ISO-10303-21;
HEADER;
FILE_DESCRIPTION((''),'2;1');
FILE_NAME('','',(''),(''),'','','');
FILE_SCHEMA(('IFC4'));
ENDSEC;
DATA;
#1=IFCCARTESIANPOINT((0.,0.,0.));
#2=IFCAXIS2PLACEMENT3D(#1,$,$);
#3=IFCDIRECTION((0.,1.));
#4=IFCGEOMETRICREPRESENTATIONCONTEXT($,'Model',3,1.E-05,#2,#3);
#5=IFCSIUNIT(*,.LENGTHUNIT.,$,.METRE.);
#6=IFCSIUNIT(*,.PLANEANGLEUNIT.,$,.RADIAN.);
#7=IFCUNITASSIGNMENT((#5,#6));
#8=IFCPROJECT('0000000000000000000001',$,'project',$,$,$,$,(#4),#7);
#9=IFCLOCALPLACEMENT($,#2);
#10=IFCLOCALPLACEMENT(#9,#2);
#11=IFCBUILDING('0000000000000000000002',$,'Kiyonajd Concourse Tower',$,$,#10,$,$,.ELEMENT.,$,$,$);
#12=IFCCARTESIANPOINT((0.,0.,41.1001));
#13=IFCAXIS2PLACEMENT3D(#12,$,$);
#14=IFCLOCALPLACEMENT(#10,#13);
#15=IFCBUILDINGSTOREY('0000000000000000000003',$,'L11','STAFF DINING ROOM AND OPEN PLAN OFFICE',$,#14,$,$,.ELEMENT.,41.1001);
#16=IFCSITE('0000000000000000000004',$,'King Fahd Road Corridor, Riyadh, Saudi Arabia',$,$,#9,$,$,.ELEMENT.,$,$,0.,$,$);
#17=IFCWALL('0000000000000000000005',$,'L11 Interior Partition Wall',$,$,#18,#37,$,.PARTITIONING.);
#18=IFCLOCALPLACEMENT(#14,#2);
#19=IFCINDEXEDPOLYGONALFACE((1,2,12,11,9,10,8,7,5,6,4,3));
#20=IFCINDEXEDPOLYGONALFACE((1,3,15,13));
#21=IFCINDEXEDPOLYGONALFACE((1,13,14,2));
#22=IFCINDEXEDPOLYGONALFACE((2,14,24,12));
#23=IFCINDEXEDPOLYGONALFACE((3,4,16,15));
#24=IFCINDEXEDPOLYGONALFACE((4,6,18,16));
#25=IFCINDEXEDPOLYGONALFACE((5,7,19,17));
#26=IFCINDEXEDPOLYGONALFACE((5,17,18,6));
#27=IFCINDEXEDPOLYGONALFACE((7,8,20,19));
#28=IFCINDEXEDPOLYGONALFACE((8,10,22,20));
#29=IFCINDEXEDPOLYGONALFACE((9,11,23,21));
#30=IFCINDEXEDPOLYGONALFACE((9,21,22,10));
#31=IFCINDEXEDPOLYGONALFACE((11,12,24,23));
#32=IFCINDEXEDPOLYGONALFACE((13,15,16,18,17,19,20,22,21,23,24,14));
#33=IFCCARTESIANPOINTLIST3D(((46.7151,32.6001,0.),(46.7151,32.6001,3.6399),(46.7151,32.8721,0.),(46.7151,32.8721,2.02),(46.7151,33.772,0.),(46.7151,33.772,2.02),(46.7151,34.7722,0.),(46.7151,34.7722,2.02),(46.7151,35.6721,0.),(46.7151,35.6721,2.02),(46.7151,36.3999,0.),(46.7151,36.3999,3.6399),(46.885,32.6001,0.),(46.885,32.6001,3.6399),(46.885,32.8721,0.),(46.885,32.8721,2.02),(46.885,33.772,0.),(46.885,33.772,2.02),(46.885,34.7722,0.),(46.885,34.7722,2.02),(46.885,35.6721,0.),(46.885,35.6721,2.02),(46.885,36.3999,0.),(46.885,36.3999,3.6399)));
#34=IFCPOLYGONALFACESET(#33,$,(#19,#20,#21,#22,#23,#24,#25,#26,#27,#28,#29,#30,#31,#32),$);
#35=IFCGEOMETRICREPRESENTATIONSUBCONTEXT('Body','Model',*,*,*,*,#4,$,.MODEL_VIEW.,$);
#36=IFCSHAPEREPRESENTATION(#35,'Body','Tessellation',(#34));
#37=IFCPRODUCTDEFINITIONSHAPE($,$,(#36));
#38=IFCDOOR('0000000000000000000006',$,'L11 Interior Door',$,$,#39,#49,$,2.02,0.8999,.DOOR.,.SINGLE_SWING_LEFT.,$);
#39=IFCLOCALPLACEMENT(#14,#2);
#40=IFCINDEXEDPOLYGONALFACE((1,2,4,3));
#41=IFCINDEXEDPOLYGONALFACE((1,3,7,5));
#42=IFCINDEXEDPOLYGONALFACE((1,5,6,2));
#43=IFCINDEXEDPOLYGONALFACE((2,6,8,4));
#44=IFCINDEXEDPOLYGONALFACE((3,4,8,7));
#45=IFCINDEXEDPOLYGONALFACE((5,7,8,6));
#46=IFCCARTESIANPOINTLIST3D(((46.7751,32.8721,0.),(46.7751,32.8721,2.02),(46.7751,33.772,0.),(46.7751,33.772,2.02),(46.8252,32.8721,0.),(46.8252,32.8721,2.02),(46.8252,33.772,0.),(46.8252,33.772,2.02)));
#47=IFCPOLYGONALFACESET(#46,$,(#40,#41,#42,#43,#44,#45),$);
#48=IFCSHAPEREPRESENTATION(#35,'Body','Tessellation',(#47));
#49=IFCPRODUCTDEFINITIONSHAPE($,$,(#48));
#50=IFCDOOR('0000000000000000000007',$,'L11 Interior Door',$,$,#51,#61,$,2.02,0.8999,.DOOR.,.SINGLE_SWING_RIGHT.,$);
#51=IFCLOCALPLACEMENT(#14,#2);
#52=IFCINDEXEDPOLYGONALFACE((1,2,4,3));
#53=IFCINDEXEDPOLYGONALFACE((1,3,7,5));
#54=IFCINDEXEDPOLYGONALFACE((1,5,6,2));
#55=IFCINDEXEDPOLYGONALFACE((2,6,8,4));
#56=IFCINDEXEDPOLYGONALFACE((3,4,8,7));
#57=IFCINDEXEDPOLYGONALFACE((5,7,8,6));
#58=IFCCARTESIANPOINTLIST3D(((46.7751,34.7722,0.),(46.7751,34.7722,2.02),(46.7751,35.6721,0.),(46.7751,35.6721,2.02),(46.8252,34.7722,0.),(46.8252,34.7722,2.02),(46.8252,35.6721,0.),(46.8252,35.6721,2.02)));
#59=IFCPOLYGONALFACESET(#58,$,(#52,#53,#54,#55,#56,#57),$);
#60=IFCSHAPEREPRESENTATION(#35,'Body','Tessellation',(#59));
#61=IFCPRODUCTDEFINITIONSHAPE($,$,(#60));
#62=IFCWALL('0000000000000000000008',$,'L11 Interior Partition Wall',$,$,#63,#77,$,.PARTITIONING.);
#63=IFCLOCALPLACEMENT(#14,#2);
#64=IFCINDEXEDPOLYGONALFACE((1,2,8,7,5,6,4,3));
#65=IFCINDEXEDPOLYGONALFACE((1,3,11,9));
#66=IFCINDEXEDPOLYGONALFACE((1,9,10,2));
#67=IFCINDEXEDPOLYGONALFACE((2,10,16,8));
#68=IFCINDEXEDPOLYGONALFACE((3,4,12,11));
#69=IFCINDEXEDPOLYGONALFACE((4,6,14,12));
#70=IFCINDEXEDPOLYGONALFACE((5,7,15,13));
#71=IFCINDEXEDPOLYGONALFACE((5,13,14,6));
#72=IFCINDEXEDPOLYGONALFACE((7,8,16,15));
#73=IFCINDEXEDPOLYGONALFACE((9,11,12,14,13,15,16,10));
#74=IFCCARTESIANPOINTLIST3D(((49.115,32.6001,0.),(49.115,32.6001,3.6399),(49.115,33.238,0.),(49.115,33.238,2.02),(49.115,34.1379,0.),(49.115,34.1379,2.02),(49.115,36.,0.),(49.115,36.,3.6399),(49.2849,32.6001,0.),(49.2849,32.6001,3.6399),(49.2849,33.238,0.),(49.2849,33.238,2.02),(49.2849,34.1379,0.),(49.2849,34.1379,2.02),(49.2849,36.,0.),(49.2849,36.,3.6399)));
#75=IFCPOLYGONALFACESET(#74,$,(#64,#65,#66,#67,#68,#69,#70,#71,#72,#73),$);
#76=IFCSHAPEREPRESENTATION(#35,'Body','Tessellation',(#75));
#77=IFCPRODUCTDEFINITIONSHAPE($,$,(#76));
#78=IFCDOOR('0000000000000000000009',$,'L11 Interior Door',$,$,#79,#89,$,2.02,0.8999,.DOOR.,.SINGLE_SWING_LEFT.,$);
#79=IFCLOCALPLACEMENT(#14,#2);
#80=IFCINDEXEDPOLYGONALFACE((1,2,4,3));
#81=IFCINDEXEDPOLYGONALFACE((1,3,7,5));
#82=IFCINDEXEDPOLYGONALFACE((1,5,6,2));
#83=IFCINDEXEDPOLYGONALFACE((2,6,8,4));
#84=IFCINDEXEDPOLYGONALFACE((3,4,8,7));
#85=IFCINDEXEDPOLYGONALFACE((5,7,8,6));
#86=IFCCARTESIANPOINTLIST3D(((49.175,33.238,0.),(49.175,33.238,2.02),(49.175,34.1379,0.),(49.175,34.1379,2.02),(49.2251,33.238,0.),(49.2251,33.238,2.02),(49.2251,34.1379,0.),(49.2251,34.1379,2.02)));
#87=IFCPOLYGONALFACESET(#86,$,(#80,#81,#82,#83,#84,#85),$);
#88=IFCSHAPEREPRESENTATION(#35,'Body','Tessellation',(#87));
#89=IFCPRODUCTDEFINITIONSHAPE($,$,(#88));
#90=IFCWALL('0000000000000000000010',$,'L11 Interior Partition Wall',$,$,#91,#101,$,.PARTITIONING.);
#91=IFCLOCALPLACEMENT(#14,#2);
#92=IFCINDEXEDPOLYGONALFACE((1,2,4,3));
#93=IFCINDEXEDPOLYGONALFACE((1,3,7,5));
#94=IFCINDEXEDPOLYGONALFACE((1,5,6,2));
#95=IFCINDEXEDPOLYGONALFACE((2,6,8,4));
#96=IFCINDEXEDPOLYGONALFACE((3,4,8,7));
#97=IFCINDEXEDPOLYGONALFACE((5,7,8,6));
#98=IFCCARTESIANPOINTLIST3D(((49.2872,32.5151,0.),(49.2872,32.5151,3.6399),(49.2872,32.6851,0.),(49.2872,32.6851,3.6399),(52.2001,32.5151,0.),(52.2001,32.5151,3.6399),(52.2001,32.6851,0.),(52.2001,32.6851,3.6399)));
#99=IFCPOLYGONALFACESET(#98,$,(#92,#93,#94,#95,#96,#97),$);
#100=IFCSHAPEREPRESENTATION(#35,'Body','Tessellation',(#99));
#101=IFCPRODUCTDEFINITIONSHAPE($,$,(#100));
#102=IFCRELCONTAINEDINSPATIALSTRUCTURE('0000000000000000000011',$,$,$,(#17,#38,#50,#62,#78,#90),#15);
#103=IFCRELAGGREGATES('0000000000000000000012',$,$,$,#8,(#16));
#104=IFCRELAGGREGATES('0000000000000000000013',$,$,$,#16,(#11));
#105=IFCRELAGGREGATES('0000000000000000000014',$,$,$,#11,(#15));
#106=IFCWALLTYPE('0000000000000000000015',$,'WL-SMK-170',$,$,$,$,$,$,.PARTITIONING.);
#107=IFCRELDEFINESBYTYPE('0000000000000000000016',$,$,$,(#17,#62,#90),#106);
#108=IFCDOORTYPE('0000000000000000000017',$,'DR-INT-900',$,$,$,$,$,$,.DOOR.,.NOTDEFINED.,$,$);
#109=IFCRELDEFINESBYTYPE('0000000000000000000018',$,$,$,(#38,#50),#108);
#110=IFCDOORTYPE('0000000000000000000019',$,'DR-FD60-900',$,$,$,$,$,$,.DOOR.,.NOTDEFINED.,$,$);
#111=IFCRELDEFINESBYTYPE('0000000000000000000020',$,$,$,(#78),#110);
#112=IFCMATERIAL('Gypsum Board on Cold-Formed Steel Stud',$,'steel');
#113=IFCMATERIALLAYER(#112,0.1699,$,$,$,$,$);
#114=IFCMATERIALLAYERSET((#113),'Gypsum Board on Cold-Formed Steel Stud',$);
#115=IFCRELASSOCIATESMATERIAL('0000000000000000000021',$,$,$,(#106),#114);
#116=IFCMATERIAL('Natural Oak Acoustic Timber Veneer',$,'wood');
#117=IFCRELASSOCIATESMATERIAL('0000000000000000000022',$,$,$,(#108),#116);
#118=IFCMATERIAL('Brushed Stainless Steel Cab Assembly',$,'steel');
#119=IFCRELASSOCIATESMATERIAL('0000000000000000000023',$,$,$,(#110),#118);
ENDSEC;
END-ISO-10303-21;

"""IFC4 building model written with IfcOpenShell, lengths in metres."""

from ifc_helpers import new_model, si_unit, direction, frame, frame_2d, origin, place, context, subcontext, project, spatial, rectangle, extrude, material, layer, layer_set, type_object, element, fill, save


model = new_model("IFC4")

# Units and contexts
model_context = context("Model", 3, precision=1e-05, world=origin(), true_north=direction((0.0, 1.0)))
body_context = subcontext(model_context, "Body", "Model", "MODEL_VIEW")
ifc_project = project(units=[si_unit("LENGTHUNIT", "METRE"), si_unit("PLANEANGLEUNIT", "RADIAN")], contexts=[model_context])

# Site, building, storey
site_placement = place(None, origin())
site = spatial("IfcSite", under=ifc_project, at=site_placement, Name="King Fahd Road Corridor, Riyadh, Saudi Arabia", CompositionType="ELEMENT", RefElevation=0.0)
building_placement = place(site_placement, origin())
building = spatial("IfcBuilding", under=site, at=building_placement, Name="Kiyonajd Concourse Tower", CompositionType="ELEMENT")
storey_placement = place(building_placement, frame((0.0, 0.0, 41.1001)))
storey = spatial("IfcBuildingStorey", under=building, at=storey_placement, Name="L11", Description="STAFF DINING ROOM AND OPEN PLAN OFFICE", CompositionType="ELEMENT", Elevation=41.1001)

# Shared definitions
ifc_material_1 = material(Name="Gypsum Board on Cold-Formed Steel Stud", Category="steel")

# Shared definitions
ifc_material_2 = material(Name="Brushed Stainless Steel Cab Assembly", Category="steel")

# Wall, openings, doors
ifc_layer_1 = layer(ifc_material_1, 0.1699)
ifc_layer_set_1 = layer_set([ifc_layer_1], Name="Gypsum Board on Cold-Formed Steel Stud")
wall_type_1 = type_object("IfcWallType", Name="WL-SMK-170", PredefinedType="PARTITIONING", material=ifc_layer_set_1)
wall_1_placement = place(storey_placement, frame((46.8, 32.6001, 0.0), z_axis=(0.0, 0.0, 1.0), x_axis=(0.0, 1.0, 0.0)))
wall_1 = element("IfcWall", 1, at=wall_1_placement, inside=storey, type_object=wall_type_1, Name="L11 Interior Partition Wall", PredefinedType="PARTITIONING", context=body_context, shape_type="SweptSolid", body=[
    extrude(rectangle(XDim=3.7998, YDim=0.1699, at=frame_2d((1.8999, 0.0))), origin(), (0.0, 0.0, 1.0), 3.6399),
])
opening_1_placement = place(wall_1_placement, frame((0.272, 0.0, 0.0)))
opening_1 = element("IfcOpeningElement", 2, at=opening_1_placement, cuts=wall_1, PredefinedType="OPENING", context=body_context, shape_type="SweptSolid", body=[
    extrude(rectangle(XDim=0.8999, YDim=2.02, at=frame_2d((0.45, 1.01))), frame((0.0, 0.095, 0.0), z_axis=(0.0, -1.0, 0.0), x_axis=(1.0, 0.0, 0.0)), (0.0, 0.0, 1.0), 0.1899),
])
opening_2_placement = place(wall_1_placement, frame((2.1721, 0.0, 0.0)))
opening_2 = element("IfcOpeningElement", 3, at=opening_2_placement, cuts=wall_1, PredefinedType="OPENING", context=body_context, shape_type="SweptSolid", body=[
    extrude(rectangle(XDim=0.8999, YDim=2.02, at=frame_2d((0.45, 1.01))), frame((0.0, 0.095, 0.0), z_axis=(0.0, -1.0, 0.0), x_axis=(1.0, 0.0, 0.0)), (0.0, 0.0, 1.0), 0.1899),
])
ifc_material_3 = material(Name="Natural Oak Acoustic Timber Veneer", Category="wood")
door_type_1 = type_object("IfcDoorType", Name="DR-INT-900", OperationType="NOTDEFINED", PredefinedType="DOOR", material=ifc_material_3)
door_1_placement = place(opening_1_placement, origin())
door_1 = element("IfcDoor", 4, at=door_1_placement, inside=storey, type_object=door_type_1, Name="L11 Interior Door", OperationType="SINGLE_SWING_LEFT", OverallHeight=2.02, OverallWidth=0.8999, PredefinedType="DOOR", context=body_context, shape_type="SweptSolid", body=[
    extrude(rectangle(XDim=0.8999, YDim=2.02, at=frame_2d((0.45, 1.01))), frame((0.0, 0.0249, 0.0), z_axis=(0.0, -1.0, 0.0), x_axis=(1.0, 0.0, 0.0)), (0.0, 0.0, 1.0), 0.05),
])
fill(opening_1, door_1)
door_2_placement = place(opening_2_placement, origin())
door_2 = element("IfcDoor", 5, at=door_2_placement, inside=storey, type_object=door_type_1, Name="L11 Interior Door", OperationType="SINGLE_SWING_RIGHT", OverallHeight=2.02, OverallWidth=0.8999, PredefinedType="DOOR", context=body_context, shape_type="SweptSolid", body=[
    extrude(rectangle(XDim=0.8999, YDim=2.02, at=frame_2d((0.45, 1.01))), frame((0.0, 0.0249, 0.0), z_axis=(0.0, -1.0, 0.0), x_axis=(1.0, 0.0, 0.0)), (0.0, 0.0, 1.0), 0.05),
])
fill(opening_2, door_2)

# Wall, opening, door
wall_2_placement = place(storey_placement, frame((49.2, 32.6001, 0.0), z_axis=(0.0, 0.0, 1.0), x_axis=(0.0, 1.0, 0.0)))
wall_2 = element("IfcWall", 6, at=wall_2_placement, inside=storey, type_object=wall_type_1, Name="L11 Interior Partition Wall", PredefinedType="PARTITIONING", context=body_context, shape_type="SweptSolid", body=[
    extrude(rectangle(XDim=3.3999, YDim=0.1699, at=frame_2d((1.7, 0.0))), origin(), (0.0, 0.0, 1.0), 3.6399),
])
opening_3_placement = place(wall_2_placement, frame((0.6379, 0.0, 0.0)))
opening_3 = element("IfcOpeningElement", 7, at=opening_3_placement, cuts=wall_2, PredefinedType="OPENING", context=body_context, shape_type="SweptSolid", body=[
    extrude(rectangle(XDim=0.8999, YDim=2.02, at=frame_2d((0.45, 1.01))), frame((0.0, 0.095, 0.0), z_axis=(0.0, -1.0, 0.0), x_axis=(1.0, 0.0, 0.0)), (0.0, 0.0, 1.0), 0.1899),
])
door_type_2 = type_object("IfcDoorType", Name="DR-FD60-900", OperationType="NOTDEFINED", PredefinedType="DOOR", material=ifc_material_2)
door_3_placement = place(opening_3_placement, origin())
door_3 = element("IfcDoor", 8, at=door_3_placement, inside=storey, type_object=door_type_2, Name="L11 Interior Door", OperationType="SINGLE_SWING_LEFT", OverallHeight=2.02, OverallWidth=0.8999, PredefinedType="DOOR", context=body_context, shape_type="SweptSolid", body=[
    extrude(rectangle(XDim=0.8999, YDim=2.02, at=frame_2d((0.45, 1.01))), frame((0.0, 0.0249, 0.0), z_axis=(0.0, -1.0, 0.0), x_axis=(1.0, 0.0, 0.0)), (0.0, 0.0, 1.0), 0.05),
])
fill(opening_3, door_3)

# Wall
wall_3_placement = place(storey_placement, frame((49.2871, 32.6001, 0.0), z_axis=(0.0, 0.0, 1.0), x_axis=(1.0, 0.0, 0.0)))
element("IfcWall", 9, at=wall_3_placement, inside=storey, type_object=wall_type_1, Name="L11 Interior Partition Wall", PredefinedType="PARTITIONING", context=body_context, shape_type="SweptSolid", body=[
    extrude(rectangle(XDim=2.9128, YDim=0.1699, at=frame_2d((1.4565, 0.0))), origin(), (0.0, 0.0, 1.0), 3.6399),
])

save(model, "model.ifc")
